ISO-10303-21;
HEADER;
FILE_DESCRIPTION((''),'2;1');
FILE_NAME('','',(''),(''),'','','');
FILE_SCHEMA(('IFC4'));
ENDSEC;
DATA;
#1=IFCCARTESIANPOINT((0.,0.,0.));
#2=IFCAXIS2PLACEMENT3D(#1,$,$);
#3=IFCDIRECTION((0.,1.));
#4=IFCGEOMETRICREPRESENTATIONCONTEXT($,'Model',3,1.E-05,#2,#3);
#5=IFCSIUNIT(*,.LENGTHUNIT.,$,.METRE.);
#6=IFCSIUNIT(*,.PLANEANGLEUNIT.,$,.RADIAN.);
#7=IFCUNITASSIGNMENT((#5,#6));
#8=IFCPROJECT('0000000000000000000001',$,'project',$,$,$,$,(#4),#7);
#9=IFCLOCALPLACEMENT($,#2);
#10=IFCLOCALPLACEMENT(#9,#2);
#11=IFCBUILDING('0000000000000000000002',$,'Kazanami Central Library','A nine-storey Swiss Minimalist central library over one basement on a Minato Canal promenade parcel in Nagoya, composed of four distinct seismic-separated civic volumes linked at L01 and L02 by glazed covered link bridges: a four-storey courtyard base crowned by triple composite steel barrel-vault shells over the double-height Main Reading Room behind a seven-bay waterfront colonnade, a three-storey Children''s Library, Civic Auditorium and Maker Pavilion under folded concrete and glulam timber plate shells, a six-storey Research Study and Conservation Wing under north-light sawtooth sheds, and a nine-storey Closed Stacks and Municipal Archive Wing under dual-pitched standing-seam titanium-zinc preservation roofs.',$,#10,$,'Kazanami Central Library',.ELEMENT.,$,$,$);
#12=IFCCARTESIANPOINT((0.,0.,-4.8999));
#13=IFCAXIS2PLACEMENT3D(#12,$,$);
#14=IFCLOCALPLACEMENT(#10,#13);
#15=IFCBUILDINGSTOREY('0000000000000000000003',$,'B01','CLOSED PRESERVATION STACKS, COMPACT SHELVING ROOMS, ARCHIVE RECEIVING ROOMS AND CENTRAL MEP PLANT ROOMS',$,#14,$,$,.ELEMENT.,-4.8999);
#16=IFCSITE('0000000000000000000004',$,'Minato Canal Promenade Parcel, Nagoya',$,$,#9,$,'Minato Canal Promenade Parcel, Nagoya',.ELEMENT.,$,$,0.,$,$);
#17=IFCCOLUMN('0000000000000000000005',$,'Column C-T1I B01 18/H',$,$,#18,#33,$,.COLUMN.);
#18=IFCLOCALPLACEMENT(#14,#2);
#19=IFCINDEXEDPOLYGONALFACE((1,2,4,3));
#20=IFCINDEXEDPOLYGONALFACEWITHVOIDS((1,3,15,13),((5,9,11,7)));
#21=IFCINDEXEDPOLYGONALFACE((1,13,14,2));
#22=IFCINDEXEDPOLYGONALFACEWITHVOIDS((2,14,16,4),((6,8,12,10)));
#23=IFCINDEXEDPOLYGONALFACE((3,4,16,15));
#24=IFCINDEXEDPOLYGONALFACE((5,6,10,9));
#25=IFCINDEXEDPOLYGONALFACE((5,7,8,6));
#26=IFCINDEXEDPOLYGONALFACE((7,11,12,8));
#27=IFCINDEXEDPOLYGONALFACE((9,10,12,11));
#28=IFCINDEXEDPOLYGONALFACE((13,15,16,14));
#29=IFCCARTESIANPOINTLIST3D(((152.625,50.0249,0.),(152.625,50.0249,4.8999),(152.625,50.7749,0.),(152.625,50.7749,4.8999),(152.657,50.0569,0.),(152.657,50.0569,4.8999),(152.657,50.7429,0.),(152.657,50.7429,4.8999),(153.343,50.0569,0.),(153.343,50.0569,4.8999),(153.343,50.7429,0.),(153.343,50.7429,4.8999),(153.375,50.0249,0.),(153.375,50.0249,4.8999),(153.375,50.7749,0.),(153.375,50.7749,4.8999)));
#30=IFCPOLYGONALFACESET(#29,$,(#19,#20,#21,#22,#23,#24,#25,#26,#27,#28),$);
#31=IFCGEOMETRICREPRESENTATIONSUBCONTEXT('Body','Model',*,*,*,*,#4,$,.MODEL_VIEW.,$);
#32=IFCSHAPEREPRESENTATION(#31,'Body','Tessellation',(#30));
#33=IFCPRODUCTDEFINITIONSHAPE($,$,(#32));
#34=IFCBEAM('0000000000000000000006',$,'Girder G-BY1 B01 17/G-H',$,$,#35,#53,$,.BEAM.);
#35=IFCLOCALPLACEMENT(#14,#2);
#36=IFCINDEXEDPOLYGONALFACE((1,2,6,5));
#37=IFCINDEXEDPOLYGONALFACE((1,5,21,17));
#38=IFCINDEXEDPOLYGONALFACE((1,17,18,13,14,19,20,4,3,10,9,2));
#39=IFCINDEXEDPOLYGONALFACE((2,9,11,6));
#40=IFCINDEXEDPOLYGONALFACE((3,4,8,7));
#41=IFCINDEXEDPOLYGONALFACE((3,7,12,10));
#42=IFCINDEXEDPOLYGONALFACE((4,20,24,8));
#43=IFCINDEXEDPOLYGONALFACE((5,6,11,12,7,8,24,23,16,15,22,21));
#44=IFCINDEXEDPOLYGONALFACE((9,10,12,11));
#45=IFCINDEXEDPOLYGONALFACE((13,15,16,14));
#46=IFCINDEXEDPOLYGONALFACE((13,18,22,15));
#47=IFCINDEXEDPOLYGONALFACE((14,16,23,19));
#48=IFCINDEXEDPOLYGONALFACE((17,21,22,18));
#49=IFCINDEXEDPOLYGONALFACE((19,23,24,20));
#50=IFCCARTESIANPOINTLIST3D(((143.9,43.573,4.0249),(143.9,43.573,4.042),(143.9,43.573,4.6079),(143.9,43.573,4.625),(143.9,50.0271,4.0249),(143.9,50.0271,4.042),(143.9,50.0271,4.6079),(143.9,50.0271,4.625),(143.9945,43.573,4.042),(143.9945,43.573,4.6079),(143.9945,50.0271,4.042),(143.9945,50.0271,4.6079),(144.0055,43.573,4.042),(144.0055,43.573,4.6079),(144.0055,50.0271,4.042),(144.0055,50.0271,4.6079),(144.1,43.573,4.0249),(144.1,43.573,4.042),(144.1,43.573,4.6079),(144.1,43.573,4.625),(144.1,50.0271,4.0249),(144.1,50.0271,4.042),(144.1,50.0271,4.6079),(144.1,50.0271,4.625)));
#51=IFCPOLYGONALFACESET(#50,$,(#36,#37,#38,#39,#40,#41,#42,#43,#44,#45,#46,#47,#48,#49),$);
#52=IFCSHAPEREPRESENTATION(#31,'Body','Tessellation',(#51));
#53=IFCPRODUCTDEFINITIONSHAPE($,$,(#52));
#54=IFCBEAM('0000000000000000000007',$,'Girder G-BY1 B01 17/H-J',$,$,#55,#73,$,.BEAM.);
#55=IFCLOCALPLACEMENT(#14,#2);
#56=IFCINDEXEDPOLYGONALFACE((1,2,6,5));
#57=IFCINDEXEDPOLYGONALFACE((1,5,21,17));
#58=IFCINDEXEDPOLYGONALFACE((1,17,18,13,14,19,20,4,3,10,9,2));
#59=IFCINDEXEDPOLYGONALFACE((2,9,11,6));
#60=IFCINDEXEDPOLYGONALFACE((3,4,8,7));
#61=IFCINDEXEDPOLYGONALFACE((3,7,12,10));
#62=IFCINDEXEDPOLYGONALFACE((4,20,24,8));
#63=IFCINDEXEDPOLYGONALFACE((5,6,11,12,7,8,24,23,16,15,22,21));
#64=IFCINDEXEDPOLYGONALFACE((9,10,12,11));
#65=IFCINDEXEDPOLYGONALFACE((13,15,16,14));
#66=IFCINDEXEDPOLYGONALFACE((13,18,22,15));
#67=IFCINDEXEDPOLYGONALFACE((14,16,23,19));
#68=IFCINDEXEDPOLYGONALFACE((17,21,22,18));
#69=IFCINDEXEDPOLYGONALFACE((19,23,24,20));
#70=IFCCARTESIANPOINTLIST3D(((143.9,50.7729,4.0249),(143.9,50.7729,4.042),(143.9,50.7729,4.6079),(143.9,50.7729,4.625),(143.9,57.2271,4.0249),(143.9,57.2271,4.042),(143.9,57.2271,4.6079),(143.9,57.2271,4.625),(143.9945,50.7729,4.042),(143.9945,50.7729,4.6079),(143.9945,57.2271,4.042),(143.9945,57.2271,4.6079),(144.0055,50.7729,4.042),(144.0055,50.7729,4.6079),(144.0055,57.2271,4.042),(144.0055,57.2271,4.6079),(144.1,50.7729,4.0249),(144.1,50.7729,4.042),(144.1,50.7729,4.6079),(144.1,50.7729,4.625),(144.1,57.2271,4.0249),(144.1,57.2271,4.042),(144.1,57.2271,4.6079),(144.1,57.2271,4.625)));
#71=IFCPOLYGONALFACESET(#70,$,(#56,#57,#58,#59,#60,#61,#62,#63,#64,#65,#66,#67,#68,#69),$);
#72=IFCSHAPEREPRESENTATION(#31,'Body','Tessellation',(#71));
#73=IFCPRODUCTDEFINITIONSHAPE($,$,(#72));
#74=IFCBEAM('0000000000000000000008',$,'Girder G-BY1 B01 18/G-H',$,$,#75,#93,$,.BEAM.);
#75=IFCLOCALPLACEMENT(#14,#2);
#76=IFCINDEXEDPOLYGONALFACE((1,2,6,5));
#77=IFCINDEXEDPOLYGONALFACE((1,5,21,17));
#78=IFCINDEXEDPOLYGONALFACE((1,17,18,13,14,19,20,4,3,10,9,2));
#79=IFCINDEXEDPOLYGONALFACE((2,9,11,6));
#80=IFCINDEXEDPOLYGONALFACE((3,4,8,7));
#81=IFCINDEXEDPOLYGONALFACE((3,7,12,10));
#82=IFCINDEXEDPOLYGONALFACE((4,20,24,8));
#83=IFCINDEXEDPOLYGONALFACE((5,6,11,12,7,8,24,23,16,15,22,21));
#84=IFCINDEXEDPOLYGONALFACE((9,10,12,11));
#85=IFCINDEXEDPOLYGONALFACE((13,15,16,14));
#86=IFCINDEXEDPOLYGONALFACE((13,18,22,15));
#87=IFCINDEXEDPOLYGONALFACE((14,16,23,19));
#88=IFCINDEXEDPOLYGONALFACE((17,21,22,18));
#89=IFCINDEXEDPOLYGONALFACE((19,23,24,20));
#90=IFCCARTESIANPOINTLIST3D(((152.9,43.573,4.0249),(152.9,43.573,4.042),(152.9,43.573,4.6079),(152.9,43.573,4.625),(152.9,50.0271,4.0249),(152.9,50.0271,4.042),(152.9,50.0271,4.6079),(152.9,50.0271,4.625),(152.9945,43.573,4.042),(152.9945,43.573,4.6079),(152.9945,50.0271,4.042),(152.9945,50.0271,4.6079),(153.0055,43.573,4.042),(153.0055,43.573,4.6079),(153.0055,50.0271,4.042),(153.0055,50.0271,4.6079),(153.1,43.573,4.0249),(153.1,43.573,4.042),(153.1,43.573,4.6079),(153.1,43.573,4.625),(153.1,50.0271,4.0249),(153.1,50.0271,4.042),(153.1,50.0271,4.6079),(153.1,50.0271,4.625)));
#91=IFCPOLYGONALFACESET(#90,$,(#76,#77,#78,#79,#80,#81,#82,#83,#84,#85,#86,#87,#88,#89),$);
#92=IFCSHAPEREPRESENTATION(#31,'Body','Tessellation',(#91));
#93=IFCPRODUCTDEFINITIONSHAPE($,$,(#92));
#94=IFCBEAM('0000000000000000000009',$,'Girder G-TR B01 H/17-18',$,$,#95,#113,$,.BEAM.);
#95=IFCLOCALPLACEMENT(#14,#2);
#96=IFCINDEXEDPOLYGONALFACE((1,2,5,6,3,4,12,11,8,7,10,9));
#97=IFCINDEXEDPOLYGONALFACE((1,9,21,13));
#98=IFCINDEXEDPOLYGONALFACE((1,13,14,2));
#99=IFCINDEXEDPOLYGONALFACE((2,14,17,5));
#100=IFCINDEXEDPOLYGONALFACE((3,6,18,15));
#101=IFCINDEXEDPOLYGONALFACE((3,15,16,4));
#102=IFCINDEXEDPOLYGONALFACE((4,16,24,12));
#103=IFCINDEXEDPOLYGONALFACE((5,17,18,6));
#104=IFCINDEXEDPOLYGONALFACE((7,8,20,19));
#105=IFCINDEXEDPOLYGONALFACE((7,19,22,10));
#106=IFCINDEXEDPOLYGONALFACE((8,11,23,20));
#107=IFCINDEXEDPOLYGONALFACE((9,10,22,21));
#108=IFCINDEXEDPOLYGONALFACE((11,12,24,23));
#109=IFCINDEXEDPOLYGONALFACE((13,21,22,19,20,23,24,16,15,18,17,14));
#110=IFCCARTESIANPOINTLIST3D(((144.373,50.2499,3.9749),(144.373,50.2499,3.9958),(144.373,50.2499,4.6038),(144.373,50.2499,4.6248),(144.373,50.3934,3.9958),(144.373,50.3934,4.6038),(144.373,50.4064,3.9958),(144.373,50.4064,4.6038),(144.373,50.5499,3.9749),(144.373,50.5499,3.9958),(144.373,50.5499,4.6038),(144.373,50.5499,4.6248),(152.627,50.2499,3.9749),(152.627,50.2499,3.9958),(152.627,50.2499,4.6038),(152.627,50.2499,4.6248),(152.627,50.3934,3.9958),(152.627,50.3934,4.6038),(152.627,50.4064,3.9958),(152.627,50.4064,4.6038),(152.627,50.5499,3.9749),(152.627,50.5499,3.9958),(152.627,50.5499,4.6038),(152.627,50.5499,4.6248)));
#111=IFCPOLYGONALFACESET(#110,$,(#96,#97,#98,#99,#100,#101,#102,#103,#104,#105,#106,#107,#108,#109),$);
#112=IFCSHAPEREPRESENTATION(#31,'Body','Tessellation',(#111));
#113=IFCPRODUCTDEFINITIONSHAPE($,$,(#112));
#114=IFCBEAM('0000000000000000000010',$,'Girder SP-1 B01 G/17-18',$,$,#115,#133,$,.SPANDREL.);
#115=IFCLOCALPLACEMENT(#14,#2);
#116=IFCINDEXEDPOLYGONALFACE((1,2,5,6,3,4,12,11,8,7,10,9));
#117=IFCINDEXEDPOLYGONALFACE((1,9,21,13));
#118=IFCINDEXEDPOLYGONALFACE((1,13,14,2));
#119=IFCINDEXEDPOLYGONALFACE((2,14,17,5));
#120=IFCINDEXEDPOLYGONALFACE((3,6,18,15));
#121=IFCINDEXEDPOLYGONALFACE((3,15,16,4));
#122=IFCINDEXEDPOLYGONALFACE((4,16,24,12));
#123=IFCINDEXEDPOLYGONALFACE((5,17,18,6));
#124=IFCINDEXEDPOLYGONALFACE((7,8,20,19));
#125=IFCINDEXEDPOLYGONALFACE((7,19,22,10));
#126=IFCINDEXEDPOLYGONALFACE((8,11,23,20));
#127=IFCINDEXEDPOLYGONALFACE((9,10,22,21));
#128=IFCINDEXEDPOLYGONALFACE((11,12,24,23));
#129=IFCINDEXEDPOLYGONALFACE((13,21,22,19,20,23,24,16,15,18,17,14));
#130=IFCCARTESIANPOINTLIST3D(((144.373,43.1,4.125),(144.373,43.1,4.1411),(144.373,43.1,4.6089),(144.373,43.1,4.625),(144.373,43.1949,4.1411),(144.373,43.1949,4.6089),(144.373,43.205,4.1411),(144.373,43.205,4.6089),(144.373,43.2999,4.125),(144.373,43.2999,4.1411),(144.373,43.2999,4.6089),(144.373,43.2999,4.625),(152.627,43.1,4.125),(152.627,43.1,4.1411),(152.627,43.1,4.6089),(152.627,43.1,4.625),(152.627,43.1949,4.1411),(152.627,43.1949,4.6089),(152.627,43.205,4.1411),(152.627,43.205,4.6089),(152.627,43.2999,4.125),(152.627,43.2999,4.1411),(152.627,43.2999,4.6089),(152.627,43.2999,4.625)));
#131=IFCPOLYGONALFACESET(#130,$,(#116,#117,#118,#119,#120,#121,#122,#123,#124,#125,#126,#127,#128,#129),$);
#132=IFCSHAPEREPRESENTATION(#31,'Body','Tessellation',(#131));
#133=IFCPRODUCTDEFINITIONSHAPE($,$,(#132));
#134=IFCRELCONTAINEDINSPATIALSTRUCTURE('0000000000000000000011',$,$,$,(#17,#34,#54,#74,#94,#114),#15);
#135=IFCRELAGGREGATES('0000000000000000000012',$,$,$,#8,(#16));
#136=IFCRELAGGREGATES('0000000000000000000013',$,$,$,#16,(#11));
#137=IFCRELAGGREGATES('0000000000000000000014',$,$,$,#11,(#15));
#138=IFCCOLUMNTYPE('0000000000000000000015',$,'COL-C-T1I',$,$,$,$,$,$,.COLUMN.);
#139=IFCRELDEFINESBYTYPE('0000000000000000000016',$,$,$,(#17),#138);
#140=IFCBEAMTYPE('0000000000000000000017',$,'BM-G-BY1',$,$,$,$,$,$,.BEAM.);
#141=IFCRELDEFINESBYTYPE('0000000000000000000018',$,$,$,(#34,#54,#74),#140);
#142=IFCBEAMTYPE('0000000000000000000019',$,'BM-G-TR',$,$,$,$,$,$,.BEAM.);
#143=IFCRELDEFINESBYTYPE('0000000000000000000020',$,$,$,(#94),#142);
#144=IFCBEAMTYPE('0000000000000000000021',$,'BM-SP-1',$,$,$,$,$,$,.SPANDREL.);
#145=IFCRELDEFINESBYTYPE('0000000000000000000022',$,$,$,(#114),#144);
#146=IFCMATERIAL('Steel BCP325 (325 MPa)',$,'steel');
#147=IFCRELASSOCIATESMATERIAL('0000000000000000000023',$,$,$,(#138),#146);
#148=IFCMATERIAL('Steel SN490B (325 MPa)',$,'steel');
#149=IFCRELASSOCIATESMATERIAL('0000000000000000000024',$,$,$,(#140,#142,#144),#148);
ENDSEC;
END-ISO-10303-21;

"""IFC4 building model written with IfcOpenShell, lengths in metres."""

from ifc_helpers import new_model, si_unit, direction, frame, origin, origin_2d, place, context, subcontext, project, spatial, hollow_rectangle, i_section, extrude, material, material_profile, profile_set, type_object, element, save


model = new_model("IFC4")

# Units and contexts
model_context = context("Model", 3, precision=1e-05, world=origin(), true_north=direction((0.0, 1.0)))
body_context = subcontext(model_context, "Body", "Model", "MODEL_VIEW")
ifc_project = project(units=[si_unit("LENGTHUNIT", "METRE"), si_unit("PLANEANGLEUNIT", "RADIAN")], contexts=[model_context])

# Site, building, storey
site_placement = place(None, origin())
site = spatial("IfcSite", under=ifc_project, at=site_placement, Name="Minato Canal Promenade Parcel, Nagoya", LongName="Minato Canal Promenade Parcel, Nagoya", CompositionType="ELEMENT", RefElevation=0.0)
building_placement = place(site_placement, origin())
building = spatial("IfcBuilding", under=site, at=building_placement, Name="Kazanami Central Library", Description="A nine-storey Swiss Minimalist central library over one basement on a Minato Canal promenade parcel in Nagoya, composed of four distinct seismic-separated civic volumes linked at L01 and L02 by glazed covered link bridges: a four-storey courtyard base crowned by triple composite steel barrel-vault shells over the double-height Main Reading Room behind a seven-bay waterfront colonnade, a three-storey Children's Library, Civic Auditorium and Maker Pavilion under folded concrete and glulam timber plate shells, a six-storey Research Study and Conservation Wing under north-light sawtooth sheds, and a nine-storey Closed Stacks and Municipal Archive Wing under dual-pitched standing-seam titanium-zinc preservation roofs.", LongName="Kazanami Central Library", CompositionType="ELEMENT")
storey_placement = place(building_placement, frame((0.0, 0.0, -4.8999)))
storey = spatial("IfcBuildingStorey", under=building, at=storey_placement, Name="B01", Description="CLOSED PRESERVATION STACKS, COMPACT SHELVING ROOMS, ARCHIVE RECEIVING ROOMS AND CENTRAL MEP PLANT ROOMS", CompositionType="ELEMENT", Elevation=-4.8999)

# Column
ifc_material_1 = material(Name="Steel BCP325 (325 MPa)", Category="steel")
ifc_material_profile_1 = material_profile(ifc_material_1, hollow_rectangle(XDim=0.75, YDim=0.75, WallThickness=0.032, at=origin_2d()), Name="BCP-750x750x32")
ifc_profile_set_1 = profile_set([ifc_material_profile_1], Name="Steel BCP325 (325 MPa)")
column_type = type_object("IfcColumnType", Name="COL-C-T1I", PredefinedType="COLUMN", material=ifc_profile_set_1)
for number, where, z_axis, x_axis, name in (
    (1, (153.0, 50.3999, 0.0), (0.0, 0.0, 1.0), (1.0, 0.0, 0.0), "Column C-T1I B01 18/H"),
):
    element("IfcColumn", number, at=place(storey_placement, frame(where, z_axis=z_axis, x_axis=x_axis)), inside=storey, type_object=column_type, Name=name, PredefinedType="COLUMN", context=body_context, shape_type="SweptSolid", body=[
        extrude(hollow_rectangle(XDim=0.75, YDim=0.75, WallThickness=0.032, at=origin_2d()), origin(), (0.0, 0.0, 1.0), 4.8999),
    ])

# Beams
ifc_material_2 = material(Name="Steel SN490B (325 MPa)", Category="steel")
ifc_material_profile_2 = material_profile(ifc_material_2, i_section(OverallWidth=0.2, OverallDepth=0.6001, WebThickness=0.011, FlangeThickness=0.0171, at=origin_2d()), Name="H-600x200x11x17")
ifc_profile_set_2 = profile_set([ifc_material_profile_2], Name="Steel SN490B (325 MPa)")
beam_type_1 = type_object("IfcBeamType", Name="BM-G-BY1", PredefinedType="BEAM", material=ifc_profile_set_2)
for number, where, z_axis, x_axis, name in (
    (2, (144.0, 43.573, 4.325), (0.0, 1.0, 0.0), (-1.0, 0.0, 0.0), "Girder G-BY1 B01 17/G-H"),
    (3, (144.0, 50.7729, 4.325), (0.0, 1.0, 0.0), (-1.0, 0.0, 0.0), "Girder G-BY1 B01 17/H-J"),
    (4, (153.0, 43.573, 4.325), (0.0, 1.0, 0.0), (-1.0, 0.0, 0.0), "Girder G-BY1 B01 18/G-H"),
):
    element("IfcBeam", number, at=place(storey_placement, frame(where, z_axis=z_axis, x_axis=x_axis)), inside=storey, type_object=beam_type_1, Name=name, PredefinedType="BEAM", context=body_context, shape_type="SweptSolid", body=[
        extrude(i_section(OverallWidth=0.2, OverallDepth=0.6001, WebThickness=0.011, FlangeThickness=0.0171, at=origin_2d()), origin(), (0.0, 0.0, 1.0), 6.4541),
    ])
ifc_material_profile_3 = material_profile(ifc_material_2, i_section(OverallWidth=0.3, OverallDepth=0.6499, WebThickness=0.0129, FlangeThickness=0.021, at=origin_2d()), Name="H-650x300x13x21")
ifc_profile_set_3 = profile_set([ifc_material_profile_3], Name="Steel SN490B (325 MPa)")
beam_type_2 = type_object("IfcBeamType", Name="BM-G-TR", PredefinedType="BEAM", material=ifc_profile_set_3)
beam_1_placement = place(storey_placement, frame((144.373, 50.3999, 4.2998), z_axis=(1.0, 0.0, 0.0), x_axis=(0.0, 1.0, 0.0)))
element("IfcBeam", 5, at=beam_1_placement, inside=storey, type_object=beam_type_2, Name="Girder G-TR B01 H/17-18", PredefinedType="BEAM", context=body_context, shape_type="SweptSolid", body=[
    extrude(i_section(OverallWidth=0.3, OverallDepth=0.6499, WebThickness=0.0129, FlangeThickness=0.021, at=origin_2d()), origin(), (0.0, 0.0, 1.0), 8.2539),
])
ifc_material_profile_4 = material_profile(ifc_material_2, i_section(OverallWidth=0.2, OverallDepth=0.5, WebThickness=0.01, FlangeThickness=0.0161, at=origin_2d()), Name="H-500x200x10x16")
ifc_profile_set_4 = profile_set([ifc_material_profile_4], Name="Steel SN490B (325 MPa)")
beam_type_3 = type_object("IfcBeamType", Name="BM-SP-1", PredefinedType="SPANDREL", material=ifc_profile_set_4)
beam_2_placement = place(storey_placement, frame((144.373, 43.2, 4.375), z_axis=(1.0, 0.0, 0.0), x_axis=(0.0, 1.0, 0.0)))
element("IfcBeam", 6, at=beam_2_placement, inside=storey, type_object=beam_type_3, Name="Girder SP-1 B01 G/17-18", PredefinedType="SPANDREL", context=body_context, shape_type="SweptSolid", body=[
    extrude(i_section(OverallWidth=0.2, OverallDepth=0.5, WebThickness=0.01, FlangeThickness=0.0161, at=origin_2d()), origin(), (0.0, 0.0, 1.0), 8.2539),
])

save(model, "model.ifc")
